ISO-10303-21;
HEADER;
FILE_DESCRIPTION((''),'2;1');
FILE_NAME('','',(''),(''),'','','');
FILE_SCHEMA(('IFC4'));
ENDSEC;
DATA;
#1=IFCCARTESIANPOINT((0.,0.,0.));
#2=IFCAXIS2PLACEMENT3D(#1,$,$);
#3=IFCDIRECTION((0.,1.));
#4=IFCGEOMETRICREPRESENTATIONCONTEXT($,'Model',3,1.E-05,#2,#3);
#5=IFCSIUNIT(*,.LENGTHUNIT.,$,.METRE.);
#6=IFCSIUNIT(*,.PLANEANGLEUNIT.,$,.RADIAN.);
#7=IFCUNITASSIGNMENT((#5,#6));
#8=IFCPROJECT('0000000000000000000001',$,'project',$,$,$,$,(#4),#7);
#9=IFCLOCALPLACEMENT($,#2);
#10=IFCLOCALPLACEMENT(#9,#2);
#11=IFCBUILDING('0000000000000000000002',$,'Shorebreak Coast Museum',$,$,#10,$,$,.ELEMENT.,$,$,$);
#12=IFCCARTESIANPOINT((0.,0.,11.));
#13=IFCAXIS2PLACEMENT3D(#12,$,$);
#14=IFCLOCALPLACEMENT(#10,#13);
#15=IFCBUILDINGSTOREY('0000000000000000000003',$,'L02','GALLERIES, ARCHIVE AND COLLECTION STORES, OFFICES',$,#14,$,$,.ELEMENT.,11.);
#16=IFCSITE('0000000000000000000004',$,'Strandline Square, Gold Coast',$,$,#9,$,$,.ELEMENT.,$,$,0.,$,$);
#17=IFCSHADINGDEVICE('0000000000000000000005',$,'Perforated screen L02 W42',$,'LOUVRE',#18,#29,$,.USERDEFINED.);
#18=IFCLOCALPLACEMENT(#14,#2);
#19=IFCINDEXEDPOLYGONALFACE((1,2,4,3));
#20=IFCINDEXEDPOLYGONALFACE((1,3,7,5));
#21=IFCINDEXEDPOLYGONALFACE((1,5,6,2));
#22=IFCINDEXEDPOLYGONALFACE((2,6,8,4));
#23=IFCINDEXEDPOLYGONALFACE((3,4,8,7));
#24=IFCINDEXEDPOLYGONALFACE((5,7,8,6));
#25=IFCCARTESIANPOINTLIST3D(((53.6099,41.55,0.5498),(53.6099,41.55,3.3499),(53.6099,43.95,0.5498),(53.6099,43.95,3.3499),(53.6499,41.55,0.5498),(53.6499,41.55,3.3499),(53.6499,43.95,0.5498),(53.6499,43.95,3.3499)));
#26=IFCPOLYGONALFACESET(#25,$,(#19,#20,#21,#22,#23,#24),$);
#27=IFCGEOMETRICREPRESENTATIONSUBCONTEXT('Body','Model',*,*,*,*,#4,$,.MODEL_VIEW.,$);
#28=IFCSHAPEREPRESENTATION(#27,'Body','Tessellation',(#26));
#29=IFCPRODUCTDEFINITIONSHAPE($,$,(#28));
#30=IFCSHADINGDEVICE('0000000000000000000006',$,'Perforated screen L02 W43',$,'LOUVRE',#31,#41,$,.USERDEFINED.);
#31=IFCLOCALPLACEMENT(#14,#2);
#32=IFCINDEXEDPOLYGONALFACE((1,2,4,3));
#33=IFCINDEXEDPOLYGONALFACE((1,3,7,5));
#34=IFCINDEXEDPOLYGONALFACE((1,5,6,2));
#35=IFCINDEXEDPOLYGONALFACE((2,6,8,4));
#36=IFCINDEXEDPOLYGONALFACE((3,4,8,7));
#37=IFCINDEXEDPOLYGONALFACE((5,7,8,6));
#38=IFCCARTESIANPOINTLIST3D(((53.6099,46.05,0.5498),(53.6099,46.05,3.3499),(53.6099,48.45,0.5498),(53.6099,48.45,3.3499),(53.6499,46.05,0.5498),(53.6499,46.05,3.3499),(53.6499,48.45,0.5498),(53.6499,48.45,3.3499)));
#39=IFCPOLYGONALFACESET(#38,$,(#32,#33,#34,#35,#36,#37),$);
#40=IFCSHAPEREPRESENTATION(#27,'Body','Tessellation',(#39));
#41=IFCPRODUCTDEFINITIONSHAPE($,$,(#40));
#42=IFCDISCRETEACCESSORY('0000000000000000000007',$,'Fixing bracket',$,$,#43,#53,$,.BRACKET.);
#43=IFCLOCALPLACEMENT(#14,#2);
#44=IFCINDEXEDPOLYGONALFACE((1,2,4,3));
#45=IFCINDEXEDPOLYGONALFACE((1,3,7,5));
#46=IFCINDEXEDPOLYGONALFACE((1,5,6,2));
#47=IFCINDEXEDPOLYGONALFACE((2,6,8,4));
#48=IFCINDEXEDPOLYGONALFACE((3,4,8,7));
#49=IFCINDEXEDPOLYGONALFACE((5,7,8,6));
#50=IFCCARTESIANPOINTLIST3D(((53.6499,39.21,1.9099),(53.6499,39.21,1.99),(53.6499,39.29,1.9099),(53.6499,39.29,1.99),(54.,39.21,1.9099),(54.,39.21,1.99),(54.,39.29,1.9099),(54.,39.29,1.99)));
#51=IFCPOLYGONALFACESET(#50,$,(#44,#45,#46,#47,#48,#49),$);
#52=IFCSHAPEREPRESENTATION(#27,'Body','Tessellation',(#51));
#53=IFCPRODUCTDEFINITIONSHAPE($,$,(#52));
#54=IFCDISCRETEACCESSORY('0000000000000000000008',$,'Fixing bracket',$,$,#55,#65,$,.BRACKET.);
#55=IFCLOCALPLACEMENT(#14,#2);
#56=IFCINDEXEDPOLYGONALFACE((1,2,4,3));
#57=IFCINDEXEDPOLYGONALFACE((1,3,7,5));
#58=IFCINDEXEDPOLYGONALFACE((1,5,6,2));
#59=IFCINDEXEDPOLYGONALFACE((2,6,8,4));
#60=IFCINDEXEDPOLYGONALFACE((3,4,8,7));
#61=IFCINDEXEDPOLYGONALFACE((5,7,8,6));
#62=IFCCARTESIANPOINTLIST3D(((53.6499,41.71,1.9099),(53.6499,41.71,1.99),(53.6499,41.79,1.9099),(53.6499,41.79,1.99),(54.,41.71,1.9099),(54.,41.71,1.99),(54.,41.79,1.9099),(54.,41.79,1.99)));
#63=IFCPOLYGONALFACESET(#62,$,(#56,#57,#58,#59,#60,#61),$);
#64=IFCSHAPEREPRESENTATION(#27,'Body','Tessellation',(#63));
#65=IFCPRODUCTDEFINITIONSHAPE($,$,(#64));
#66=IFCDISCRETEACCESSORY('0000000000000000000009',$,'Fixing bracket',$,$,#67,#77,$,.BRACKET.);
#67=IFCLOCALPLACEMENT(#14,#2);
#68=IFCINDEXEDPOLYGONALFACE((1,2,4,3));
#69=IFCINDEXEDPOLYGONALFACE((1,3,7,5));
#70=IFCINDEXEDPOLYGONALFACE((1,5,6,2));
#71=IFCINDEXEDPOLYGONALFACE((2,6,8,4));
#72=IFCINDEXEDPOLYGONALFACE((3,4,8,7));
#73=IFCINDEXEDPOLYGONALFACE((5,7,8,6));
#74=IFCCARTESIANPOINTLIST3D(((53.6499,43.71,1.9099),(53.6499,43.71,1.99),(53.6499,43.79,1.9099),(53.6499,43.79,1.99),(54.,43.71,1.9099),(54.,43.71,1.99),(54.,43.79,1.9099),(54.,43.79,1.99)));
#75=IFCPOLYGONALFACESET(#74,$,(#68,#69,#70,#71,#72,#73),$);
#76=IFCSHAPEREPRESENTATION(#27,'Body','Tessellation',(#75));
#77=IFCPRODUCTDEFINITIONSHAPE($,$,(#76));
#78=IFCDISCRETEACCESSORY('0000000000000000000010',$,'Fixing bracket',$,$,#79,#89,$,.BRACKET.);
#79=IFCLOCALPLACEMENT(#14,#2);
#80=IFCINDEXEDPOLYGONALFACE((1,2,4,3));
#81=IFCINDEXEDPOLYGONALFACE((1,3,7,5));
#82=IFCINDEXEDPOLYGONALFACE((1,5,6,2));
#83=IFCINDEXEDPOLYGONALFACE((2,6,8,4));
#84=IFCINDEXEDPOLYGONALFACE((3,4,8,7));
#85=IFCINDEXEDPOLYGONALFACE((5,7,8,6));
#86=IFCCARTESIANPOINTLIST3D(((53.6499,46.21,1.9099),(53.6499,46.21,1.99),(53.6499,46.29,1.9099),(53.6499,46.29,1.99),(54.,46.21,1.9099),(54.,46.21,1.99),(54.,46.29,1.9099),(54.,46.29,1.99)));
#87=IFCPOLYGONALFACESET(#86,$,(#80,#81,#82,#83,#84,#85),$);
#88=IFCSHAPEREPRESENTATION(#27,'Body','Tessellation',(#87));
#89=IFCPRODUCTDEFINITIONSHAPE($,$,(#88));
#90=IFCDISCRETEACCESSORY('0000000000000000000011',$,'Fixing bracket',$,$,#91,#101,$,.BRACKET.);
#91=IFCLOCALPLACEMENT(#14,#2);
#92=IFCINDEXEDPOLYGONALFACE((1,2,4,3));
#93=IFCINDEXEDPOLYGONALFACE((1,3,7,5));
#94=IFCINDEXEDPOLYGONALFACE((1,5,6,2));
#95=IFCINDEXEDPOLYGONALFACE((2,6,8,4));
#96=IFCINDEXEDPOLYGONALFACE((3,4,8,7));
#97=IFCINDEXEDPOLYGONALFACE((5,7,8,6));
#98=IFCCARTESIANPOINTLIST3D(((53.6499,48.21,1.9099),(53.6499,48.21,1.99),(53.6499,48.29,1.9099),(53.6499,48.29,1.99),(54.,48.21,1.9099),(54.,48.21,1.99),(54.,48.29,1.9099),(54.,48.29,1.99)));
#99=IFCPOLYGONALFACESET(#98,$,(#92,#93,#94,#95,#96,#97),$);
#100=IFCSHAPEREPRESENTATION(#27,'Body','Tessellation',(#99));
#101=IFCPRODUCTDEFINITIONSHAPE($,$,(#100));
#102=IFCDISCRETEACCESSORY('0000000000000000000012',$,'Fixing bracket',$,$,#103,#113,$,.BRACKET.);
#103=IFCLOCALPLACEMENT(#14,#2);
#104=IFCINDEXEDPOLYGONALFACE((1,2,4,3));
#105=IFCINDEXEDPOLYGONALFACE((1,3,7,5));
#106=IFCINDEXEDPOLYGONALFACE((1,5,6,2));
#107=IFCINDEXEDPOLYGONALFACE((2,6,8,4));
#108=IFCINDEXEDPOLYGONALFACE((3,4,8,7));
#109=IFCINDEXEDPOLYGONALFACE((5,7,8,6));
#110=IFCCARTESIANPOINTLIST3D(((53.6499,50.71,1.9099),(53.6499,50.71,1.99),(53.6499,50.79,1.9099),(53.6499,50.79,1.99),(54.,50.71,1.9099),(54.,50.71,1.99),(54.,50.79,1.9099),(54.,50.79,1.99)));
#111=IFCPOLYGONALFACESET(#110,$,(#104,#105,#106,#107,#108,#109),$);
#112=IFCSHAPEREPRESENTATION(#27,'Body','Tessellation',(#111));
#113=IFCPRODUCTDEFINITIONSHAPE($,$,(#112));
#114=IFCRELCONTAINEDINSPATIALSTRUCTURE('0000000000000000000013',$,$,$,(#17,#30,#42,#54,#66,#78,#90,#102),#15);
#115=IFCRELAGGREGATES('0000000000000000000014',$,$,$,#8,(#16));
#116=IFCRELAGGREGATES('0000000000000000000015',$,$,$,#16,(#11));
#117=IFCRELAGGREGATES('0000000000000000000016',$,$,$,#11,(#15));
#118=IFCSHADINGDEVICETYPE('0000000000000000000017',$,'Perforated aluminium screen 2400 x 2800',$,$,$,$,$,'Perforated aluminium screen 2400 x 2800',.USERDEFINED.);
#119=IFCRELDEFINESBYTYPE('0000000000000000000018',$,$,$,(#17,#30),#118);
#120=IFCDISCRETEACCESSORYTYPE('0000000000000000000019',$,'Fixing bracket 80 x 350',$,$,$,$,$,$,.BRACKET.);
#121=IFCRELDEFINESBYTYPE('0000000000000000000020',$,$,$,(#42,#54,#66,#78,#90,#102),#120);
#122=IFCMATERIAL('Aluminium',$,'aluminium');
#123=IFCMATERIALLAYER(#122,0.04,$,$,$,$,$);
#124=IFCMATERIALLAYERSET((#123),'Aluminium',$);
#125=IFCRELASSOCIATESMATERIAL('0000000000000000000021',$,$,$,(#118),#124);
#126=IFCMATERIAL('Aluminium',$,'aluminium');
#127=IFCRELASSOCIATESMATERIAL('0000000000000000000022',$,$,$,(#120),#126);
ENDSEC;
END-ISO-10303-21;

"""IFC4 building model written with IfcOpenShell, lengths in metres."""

from ifc_helpers import new_model, si_unit, direction, frame, origin, origin_2d, place, context, subcontext, project, spatial, rectangle, extrude, material, layer, layer_set, type_object, element, save


model = new_model("IFC4")

# Units and contexts
model_context = context("Model", 3, precision=1e-05, world=origin(), true_north=direction((0.0, 1.0)))
body_context = subcontext(model_context, "Body", "Model", "MODEL_VIEW")
ifc_project = project(units=[si_unit("LENGTHUNIT", "METRE"), si_unit("PLANEANGLEUNIT", "RADIAN")], contexts=[model_context])

# Site, building, storey
site_placement = place(None, origin())
site = spatial("IfcSite", under=ifc_project, at=site_placement, Name="Strandline Square, Gold Coast", CompositionType="ELEMENT", RefElevation=0.0)
building_placement = place(site_placement, origin())
building = spatial("IfcBuilding", under=site, at=building_placement, Name="Shorebreak Coast Museum", CompositionType="ELEMENT")
storey_placement = place(building_placement, frame((0.0, 0.0, 11.0)))
storey = spatial("IfcBuildingStorey", under=building, at=storey_placement, Name="L02", Description="GALLERIES, ARCHIVE AND COLLECTION STORES, OFFICES", CompositionType="ELEMENT", Elevation=11.0)

# Shading devices
ifc_material_1 = material(Name="Aluminium", Category="aluminium")
ifc_layer_1 = layer(ifc_material_1, 0.04)
ifc_layer_set_1 = layer_set([ifc_layer_1], Name="Aluminium")
shading_device_type = type_object("IfcShadingDeviceType", Name="Perforated aluminium screen 2400 x 2800", ElementType="Perforated aluminium screen 2400 x 2800", PredefinedType="USERDEFINED", material=ifc_layer_set_1)
for number, where, z_axis, x_axis, name in (
    (1, (53.6299, 42.75, 0.5498), (0.0, 0.0, 1.0), (1.0, 0.0, 0.0), "Perforated screen L02 W42"),
    (2, (53.6299, 47.25, 0.5498), (0.0, 0.0, 1.0), (1.0, 0.0, 0.0), "Perforated screen L02 W43"),
):
    element("IfcShadingDevice", number, at=place(storey_placement, frame(where, z_axis=z_axis, x_axis=x_axis)), inside=storey, type_object=shading_device_type, Name=name, ObjectType="LOUVRE", PredefinedType="USERDEFINED", context=body_context, shape_type="SweptSolid", body=[
        extrude(rectangle(XDim=0.04, YDim=2.3999, at=origin_2d()), origin(), (0.0, 0.0, 1.0), 2.8),
    ])

# Discrete accessories
ifc_material_2 = material(Name="Aluminium", Category="aluminium")
discrete_accessory_type = type_object("IfcDiscreteAccessoryType", Name="Fixing bracket 80 x 350", PredefinedType="BRACKET", material=ifc_material_2)
for number, where, z_axis, x_axis, name in (
    (3, (53.825, 39.25, 1.9099), (0.0, 0.0, 1.0), (1.0, 0.0, 0.0), "Fixing bracket"),
    (4, (53.825, 41.75, 1.9099), (0.0, 0.0, 1.0), (1.0, 0.0, 0.0), "Fixing bracket"),
    (5, (53.825, 43.75, 1.9099), (0.0, 0.0, 1.0), (1.0, 0.0, 0.0), "Fixing bracket"),
    (6, (53.825, 46.25, 1.9099), (0.0, 0.0, 1.0), (1.0, 0.0, 0.0), "Fixing bracket"),
    (7, (53.825, 48.25, 1.9099), (0.0, 0.0, 1.0), (1.0, 0.0, 0.0), "Fixing bracket"),
    (8, (53.825, 50.75, 1.9099), (0.0, 0.0, 1.0), (1.0, 0.0, 0.0), "Fixing bracket"),
):
    element("IfcDiscreteAccessory", number, at=place(storey_placement, frame(where, z_axis=z_axis, x_axis=x_axis)), inside=storey, type_object=discrete_accessory_type, Name=name, PredefinedType="BRACKET", context=body_context, shape_type="SweptSolid", body=[
        extrude(rectangle(XDim=0.3501, YDim=0.0801, at=origin_2d()), origin(), (0.0, 0.0, 1.0), 0.0801),
    ])

save(model, "model.ifc")
